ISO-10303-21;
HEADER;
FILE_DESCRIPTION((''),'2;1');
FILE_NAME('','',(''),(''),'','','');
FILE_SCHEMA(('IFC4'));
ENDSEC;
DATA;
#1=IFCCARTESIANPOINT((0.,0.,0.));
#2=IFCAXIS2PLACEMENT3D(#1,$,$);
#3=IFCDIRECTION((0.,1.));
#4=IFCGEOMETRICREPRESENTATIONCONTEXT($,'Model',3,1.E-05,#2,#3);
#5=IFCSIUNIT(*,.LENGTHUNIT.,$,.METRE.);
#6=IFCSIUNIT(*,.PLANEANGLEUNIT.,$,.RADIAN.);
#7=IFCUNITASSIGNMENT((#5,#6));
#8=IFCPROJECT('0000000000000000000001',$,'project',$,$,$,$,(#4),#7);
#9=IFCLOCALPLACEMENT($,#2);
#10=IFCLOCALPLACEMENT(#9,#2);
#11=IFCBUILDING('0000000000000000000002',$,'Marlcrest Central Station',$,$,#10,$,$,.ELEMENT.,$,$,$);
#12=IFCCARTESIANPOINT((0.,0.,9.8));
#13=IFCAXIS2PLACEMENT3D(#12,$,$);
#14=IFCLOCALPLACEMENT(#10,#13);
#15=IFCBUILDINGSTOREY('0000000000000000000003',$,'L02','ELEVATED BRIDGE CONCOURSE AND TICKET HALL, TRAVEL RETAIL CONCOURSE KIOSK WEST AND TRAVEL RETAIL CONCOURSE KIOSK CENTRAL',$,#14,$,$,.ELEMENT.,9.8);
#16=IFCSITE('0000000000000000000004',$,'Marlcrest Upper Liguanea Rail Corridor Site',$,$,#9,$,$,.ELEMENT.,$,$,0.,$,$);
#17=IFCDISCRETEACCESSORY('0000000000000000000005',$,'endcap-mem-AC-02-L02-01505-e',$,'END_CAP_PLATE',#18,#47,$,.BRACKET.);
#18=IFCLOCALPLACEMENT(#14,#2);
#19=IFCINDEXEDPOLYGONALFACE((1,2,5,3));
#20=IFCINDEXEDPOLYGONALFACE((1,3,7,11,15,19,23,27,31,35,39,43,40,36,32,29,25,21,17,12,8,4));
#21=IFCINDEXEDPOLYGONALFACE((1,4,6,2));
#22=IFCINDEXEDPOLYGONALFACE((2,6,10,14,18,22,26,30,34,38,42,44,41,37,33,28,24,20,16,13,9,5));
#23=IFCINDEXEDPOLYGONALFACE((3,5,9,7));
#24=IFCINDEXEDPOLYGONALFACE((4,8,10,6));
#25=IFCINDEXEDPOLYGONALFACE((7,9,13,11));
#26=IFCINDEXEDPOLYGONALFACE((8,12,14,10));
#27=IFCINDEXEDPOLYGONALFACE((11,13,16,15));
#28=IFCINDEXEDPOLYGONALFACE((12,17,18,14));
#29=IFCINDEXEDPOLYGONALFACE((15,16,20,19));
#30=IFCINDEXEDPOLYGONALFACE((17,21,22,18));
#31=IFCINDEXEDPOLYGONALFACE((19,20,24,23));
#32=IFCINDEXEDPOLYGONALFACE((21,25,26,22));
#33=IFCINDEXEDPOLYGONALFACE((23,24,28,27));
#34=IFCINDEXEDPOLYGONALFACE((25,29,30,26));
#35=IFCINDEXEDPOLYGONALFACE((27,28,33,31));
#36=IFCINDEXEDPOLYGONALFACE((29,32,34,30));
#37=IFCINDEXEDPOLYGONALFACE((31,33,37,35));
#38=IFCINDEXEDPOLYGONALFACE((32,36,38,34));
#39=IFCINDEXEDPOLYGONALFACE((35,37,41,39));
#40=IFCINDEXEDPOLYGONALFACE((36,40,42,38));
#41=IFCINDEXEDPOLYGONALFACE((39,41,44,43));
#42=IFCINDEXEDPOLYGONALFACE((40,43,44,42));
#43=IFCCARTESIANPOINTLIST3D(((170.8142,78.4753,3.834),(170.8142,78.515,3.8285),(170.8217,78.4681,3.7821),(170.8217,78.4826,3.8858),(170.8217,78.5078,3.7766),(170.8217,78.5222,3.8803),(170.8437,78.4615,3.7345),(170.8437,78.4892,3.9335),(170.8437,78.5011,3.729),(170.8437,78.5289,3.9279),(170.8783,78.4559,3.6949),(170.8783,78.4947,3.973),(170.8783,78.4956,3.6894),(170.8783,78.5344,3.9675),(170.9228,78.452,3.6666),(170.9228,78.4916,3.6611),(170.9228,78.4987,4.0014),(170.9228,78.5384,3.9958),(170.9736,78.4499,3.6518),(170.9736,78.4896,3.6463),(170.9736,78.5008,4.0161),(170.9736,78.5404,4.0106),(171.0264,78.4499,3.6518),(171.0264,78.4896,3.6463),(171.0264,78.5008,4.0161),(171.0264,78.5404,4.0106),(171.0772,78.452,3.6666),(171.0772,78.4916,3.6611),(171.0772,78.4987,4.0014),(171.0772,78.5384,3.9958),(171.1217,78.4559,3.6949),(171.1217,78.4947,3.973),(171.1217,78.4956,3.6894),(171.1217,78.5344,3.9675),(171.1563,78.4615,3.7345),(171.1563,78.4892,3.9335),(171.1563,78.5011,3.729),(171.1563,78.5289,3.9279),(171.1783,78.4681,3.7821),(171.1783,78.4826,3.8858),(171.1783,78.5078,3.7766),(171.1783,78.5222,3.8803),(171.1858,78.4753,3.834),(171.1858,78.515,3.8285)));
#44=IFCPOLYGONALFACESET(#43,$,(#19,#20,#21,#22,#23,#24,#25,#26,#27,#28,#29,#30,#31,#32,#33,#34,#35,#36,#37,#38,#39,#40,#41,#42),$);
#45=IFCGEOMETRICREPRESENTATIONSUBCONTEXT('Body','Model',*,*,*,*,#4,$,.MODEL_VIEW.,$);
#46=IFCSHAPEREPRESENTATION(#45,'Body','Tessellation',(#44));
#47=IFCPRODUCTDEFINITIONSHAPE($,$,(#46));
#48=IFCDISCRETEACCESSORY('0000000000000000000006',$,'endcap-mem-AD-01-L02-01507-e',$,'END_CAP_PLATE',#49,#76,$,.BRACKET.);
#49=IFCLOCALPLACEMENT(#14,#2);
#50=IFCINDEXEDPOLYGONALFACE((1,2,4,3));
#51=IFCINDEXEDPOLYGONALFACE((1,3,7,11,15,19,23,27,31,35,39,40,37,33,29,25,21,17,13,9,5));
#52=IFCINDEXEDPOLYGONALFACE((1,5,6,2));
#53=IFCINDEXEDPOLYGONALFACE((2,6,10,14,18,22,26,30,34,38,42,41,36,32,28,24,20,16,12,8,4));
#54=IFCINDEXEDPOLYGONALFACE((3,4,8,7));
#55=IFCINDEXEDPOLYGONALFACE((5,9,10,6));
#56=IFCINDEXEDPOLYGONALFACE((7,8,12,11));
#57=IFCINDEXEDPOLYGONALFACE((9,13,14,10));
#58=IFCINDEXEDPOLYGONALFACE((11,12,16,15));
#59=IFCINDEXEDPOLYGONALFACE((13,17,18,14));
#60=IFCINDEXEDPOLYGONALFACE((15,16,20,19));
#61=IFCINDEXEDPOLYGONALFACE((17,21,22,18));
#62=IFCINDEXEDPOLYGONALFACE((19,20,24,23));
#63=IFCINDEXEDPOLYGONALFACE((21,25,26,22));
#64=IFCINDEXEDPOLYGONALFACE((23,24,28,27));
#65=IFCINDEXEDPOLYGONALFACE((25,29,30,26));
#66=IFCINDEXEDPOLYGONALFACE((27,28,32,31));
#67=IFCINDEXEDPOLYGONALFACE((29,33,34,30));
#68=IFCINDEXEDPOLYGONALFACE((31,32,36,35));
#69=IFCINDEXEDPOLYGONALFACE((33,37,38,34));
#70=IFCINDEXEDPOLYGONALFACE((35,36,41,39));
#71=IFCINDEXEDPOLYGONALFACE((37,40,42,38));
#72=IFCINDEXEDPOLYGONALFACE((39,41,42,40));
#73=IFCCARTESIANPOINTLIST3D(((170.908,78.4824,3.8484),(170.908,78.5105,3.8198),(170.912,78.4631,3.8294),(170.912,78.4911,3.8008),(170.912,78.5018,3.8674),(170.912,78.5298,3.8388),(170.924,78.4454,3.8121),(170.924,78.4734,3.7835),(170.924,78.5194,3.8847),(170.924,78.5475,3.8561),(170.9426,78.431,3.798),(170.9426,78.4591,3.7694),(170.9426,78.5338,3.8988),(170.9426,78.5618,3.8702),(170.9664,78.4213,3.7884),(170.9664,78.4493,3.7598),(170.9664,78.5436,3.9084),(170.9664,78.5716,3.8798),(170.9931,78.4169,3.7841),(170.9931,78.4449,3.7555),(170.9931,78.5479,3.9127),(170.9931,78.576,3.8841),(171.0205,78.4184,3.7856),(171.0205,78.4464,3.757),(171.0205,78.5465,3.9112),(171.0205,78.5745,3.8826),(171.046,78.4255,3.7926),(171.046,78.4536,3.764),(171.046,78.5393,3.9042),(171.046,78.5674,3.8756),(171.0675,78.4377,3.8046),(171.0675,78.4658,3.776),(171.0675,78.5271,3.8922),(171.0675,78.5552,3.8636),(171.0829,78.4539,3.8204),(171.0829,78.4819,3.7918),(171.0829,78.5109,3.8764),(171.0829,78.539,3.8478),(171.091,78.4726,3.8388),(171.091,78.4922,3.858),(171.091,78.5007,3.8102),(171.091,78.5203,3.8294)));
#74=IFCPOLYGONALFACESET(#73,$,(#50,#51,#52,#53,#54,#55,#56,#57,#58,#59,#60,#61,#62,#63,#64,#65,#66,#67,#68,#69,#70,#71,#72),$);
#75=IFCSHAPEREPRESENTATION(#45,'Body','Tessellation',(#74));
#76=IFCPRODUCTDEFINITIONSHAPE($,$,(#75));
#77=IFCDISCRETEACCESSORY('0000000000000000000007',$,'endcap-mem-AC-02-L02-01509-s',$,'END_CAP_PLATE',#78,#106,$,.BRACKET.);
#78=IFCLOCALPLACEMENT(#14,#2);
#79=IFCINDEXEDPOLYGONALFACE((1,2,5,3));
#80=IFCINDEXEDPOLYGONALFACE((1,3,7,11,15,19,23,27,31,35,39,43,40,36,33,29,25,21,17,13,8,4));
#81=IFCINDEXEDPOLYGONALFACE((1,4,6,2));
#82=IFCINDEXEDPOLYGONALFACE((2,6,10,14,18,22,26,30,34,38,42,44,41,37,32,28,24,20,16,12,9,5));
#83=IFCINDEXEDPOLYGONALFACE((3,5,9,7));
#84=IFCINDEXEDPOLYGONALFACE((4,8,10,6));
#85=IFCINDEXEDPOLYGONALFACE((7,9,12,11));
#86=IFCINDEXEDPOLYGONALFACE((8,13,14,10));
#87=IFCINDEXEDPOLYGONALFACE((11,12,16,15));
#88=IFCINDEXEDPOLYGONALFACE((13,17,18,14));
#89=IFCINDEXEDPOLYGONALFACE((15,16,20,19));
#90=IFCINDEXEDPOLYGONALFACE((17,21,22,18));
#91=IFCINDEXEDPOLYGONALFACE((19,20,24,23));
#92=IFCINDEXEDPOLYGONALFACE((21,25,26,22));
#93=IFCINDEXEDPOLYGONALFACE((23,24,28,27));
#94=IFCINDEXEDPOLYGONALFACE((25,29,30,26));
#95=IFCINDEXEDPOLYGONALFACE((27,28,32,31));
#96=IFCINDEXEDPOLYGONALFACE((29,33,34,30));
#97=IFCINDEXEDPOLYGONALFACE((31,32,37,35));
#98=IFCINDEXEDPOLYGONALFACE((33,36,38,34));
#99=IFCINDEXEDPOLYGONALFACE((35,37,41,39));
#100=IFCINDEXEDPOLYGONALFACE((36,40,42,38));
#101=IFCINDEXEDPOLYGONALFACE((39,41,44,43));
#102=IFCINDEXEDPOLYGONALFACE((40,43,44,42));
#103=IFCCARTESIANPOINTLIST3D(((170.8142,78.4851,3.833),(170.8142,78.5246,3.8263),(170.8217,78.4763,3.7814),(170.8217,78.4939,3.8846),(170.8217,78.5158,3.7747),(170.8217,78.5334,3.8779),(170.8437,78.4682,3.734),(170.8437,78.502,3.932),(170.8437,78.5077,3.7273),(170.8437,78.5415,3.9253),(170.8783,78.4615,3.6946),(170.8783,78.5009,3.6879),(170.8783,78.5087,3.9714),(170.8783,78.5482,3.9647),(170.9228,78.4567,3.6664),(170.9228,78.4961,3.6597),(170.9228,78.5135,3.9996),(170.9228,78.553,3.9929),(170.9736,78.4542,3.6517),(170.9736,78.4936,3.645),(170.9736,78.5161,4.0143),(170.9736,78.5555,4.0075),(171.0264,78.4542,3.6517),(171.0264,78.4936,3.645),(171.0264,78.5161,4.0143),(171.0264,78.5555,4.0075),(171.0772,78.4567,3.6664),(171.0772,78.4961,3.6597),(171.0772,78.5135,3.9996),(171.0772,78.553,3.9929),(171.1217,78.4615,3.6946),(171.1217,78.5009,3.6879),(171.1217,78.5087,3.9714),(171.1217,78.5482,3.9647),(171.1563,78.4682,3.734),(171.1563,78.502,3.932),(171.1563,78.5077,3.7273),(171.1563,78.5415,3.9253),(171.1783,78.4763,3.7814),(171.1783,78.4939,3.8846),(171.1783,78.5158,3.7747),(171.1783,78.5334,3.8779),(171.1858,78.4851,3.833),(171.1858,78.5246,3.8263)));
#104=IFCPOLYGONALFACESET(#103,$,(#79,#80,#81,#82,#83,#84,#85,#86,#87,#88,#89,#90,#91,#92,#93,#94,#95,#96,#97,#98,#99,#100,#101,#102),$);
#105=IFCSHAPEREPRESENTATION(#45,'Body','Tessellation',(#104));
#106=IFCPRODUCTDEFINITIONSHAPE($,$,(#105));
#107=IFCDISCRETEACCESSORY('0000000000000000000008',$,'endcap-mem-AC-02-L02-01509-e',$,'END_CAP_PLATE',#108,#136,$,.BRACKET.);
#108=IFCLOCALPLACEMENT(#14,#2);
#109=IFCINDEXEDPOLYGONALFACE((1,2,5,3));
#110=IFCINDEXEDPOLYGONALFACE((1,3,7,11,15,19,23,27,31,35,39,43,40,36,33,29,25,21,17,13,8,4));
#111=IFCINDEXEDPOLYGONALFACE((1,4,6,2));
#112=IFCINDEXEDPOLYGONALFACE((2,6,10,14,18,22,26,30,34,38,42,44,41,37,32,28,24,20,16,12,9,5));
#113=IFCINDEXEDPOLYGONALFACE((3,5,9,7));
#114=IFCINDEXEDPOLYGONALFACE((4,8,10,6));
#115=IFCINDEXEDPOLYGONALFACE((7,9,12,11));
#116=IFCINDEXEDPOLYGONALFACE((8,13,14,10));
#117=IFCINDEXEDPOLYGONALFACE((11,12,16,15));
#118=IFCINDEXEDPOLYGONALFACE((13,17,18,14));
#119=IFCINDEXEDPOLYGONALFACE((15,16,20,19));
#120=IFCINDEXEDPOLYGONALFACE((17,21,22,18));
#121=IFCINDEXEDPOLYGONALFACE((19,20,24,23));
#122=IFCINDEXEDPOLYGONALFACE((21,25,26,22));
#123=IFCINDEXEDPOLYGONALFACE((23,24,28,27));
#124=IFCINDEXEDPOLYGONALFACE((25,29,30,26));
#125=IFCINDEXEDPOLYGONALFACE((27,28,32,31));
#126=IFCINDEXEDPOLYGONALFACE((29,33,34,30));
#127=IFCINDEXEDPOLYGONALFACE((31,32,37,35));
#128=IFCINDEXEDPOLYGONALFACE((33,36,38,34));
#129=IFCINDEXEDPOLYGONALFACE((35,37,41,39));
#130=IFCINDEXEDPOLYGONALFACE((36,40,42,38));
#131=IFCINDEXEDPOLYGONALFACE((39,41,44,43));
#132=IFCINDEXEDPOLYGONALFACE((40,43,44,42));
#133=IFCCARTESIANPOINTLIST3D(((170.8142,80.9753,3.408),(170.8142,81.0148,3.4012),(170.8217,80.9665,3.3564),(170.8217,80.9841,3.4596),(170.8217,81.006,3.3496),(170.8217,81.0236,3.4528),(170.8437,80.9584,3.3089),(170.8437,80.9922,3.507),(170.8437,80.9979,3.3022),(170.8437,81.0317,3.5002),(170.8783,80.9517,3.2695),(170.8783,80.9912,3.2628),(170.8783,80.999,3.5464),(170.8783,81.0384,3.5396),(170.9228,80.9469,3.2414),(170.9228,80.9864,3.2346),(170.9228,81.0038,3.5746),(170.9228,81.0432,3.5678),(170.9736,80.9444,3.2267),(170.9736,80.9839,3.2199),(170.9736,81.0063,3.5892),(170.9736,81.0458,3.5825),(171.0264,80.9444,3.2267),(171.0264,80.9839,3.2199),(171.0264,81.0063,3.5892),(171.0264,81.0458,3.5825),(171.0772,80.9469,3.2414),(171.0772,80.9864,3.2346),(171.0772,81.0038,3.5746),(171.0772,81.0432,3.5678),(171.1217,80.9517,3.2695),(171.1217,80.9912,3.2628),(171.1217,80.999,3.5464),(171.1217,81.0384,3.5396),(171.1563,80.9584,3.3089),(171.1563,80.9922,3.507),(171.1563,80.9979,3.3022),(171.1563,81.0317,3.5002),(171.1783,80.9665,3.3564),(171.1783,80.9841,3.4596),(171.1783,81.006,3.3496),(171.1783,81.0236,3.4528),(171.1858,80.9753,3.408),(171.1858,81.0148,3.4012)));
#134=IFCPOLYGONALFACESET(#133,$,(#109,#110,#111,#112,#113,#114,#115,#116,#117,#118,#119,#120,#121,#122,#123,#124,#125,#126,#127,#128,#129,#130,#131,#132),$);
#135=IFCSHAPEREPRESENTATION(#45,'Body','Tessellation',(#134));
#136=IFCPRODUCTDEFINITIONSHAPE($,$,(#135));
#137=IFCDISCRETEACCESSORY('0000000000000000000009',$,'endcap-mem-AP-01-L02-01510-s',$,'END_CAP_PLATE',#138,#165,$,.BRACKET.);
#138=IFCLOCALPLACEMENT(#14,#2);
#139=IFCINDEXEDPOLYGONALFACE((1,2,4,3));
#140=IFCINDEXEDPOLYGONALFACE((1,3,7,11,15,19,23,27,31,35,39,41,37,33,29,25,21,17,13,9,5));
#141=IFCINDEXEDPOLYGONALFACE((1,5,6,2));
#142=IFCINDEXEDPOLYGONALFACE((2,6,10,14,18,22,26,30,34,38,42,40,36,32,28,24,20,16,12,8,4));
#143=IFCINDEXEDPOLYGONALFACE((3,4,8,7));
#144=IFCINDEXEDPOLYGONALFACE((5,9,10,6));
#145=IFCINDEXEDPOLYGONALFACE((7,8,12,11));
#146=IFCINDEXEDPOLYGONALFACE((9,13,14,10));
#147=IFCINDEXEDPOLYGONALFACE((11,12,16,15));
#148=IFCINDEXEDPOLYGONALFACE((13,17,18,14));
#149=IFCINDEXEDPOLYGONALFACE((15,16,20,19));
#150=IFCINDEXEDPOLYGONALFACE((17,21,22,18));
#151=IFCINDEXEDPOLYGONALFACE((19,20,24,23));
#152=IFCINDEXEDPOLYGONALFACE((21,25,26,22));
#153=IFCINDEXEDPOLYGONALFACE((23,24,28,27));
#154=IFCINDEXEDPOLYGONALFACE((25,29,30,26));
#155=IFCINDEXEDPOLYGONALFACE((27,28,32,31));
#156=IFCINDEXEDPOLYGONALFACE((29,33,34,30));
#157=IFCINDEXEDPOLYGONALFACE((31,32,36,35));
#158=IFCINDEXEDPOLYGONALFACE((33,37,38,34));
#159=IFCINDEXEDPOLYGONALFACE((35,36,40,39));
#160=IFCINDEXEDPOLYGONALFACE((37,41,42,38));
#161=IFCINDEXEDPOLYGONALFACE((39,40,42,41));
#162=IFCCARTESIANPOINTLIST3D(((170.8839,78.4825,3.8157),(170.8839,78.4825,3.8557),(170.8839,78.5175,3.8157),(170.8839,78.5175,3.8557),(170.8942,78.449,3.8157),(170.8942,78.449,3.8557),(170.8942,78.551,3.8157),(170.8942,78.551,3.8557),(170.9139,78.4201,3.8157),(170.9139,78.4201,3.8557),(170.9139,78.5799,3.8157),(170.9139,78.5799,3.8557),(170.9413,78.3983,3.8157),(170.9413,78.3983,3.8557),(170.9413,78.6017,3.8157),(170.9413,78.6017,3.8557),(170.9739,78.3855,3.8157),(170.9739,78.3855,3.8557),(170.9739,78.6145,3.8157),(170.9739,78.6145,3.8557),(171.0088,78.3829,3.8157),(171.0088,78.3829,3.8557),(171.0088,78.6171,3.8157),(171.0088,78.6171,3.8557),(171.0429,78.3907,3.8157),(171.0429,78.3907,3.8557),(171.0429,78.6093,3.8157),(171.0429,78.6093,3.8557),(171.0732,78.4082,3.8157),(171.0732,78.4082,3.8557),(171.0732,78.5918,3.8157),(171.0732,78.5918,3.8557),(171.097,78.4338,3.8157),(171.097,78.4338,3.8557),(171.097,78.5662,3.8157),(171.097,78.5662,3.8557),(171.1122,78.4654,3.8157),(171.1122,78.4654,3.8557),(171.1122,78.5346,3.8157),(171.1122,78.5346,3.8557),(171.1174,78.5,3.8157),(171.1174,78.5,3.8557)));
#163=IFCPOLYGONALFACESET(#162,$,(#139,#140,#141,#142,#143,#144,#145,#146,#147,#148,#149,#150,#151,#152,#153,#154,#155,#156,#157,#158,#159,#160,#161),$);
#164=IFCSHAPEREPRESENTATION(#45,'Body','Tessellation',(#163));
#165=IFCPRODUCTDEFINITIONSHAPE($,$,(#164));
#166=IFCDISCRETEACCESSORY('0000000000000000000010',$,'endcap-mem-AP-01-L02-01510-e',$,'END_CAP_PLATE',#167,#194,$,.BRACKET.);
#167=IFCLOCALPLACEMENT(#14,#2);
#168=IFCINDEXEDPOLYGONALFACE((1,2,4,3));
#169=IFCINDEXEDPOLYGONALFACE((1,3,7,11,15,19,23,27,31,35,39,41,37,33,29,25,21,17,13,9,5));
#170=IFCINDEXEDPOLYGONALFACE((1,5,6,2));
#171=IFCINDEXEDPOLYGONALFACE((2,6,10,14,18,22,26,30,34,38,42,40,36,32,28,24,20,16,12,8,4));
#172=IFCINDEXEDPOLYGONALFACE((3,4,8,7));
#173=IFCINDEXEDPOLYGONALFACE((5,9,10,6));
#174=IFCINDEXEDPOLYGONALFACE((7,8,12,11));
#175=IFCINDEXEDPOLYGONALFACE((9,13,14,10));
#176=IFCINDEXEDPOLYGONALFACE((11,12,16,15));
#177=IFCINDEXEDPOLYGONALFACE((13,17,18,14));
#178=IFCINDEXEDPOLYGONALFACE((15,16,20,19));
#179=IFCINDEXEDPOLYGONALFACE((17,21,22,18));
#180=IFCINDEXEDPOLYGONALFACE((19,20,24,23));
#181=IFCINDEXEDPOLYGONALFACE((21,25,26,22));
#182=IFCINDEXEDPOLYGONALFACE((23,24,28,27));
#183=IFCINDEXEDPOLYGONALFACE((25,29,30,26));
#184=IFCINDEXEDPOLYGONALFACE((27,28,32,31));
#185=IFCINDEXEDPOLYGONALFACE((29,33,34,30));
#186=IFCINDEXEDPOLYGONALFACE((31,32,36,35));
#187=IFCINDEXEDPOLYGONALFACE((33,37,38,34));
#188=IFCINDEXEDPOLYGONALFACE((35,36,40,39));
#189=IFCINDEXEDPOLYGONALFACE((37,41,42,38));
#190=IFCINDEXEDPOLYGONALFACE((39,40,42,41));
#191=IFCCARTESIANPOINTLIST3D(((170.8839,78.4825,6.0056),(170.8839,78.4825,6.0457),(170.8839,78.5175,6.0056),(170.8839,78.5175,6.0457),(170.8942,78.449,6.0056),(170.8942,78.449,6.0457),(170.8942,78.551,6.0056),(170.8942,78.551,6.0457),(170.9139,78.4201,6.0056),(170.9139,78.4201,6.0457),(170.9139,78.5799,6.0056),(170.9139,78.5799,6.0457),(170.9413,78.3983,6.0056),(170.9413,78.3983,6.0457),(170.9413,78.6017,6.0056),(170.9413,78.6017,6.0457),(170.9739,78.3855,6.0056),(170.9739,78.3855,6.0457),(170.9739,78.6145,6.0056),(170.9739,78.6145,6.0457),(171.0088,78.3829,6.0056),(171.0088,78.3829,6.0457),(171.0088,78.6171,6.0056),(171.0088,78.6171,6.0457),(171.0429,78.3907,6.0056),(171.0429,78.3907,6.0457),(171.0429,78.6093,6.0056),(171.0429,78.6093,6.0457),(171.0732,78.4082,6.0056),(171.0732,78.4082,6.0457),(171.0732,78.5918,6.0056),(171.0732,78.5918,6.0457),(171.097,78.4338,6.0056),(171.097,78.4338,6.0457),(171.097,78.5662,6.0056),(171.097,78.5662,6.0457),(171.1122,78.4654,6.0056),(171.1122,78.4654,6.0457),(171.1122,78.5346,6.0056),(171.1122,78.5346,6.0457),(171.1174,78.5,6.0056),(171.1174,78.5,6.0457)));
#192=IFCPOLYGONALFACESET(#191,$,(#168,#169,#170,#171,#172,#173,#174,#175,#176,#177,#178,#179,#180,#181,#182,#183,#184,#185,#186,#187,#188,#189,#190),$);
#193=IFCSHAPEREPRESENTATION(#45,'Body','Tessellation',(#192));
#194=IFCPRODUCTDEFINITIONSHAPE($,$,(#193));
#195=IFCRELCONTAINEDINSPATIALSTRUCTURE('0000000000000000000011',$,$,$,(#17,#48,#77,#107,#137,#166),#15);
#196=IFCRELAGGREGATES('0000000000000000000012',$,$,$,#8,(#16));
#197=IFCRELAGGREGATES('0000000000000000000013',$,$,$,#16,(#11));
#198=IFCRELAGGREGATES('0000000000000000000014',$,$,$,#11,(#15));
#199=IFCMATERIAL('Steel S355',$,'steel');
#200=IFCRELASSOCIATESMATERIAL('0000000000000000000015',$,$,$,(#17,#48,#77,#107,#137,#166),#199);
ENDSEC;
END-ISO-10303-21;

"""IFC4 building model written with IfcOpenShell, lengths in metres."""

from ifc_helpers import new_model, si_unit, direction, frame, origin, origin_2d, place, context, subcontext, project, spatial, circle, extrude, material, element, save


model = new_model("IFC4")

# Units and contexts
model_context = context("Model", 3, precision=1e-05, world=origin(), true_north=direction((0.0, 1.0)))
body_context = subcontext(model_context, "Body", "Model", "MODEL_VIEW")
ifc_project = project(units=[si_unit("LENGTHUNIT", "METRE"), si_unit("PLANEANGLEUNIT", "RADIAN")], contexts=[model_context])

# Site, building, storey
site_placement = place(None, origin())
site = spatial("IfcSite", under=ifc_project, at=site_placement, Name="Marlcrest Upper Liguanea Rail Corridor Site", CompositionType="ELEMENT", RefElevation=0.0)
building_placement = place(site_placement, origin())
building = spatial("IfcBuilding", under=site, at=building_placement, Name="Marlcrest Central Station", CompositionType="ELEMENT")
storey_placement = place(building_placement, frame((0.0, 0.0, 9.8)))
storey = spatial("IfcBuildingStorey", under=building, at=storey_placement, Name="L02", Description="ELEVATED BRIDGE CONCOURSE AND TICKET HALL, TRAVEL RETAIL CONCOURSE KIOSK WEST AND TRAVEL RETAIL CONCOURSE KIOSK CENTRAL", CompositionType="ELEMENT", Elevation=9.8)

# Shared definitions
ifc_material_1 = material(Name="Steel S355", Category="steel")

# Discrete accessories
discrete_accessory_1_placement = place(storey_placement, frame((171.0, 78.4753, 3.834), z_axis=(0.0, 0.990403, -0.138211), x_axis=(-1.0, 0.0, 0.0)))
element("IfcDiscreteAccessory", 1, at=discrete_accessory_1_placement, inside=storey, material=ifc_material_1, Name="endcap-mem-AC-02-L02-01505-e", ObjectType="END_CAP_PLATE", PredefinedType="BRACKET", context=body_context, shape_type="SweptSolid", body=[
    extrude(circle(Radius=0.1858, at=origin_2d()), origin(), (0.0, 0.0, 1.0), 0.04),
])
discrete_accessory_2_placement = place(storey_placement, frame((171.0, 78.4824, 3.8484), z_axis=(0.0, 0.700235, -0.713912), x_axis=(-1.0, 0.0, 0.0)))
element("IfcDiscreteAccessory", 2, at=discrete_accessory_2_placement, inside=storey, material=ifc_material_1, Name="endcap-mem-AD-01-L02-01507-e", ObjectType="END_CAP_PLATE", PredefinedType="BRACKET", context=body_context, shape_type="SweptSolid", body=[
    extrude(circle(Radius=0.092, at=origin_2d()), origin(), (0.0, 0.0, 1.0), 0.04),
])
for number, where, z_axis, x_axis, name in (
    (3, (171.0, 78.4851, 3.833), (0.0, 0.985741, -0.168269), (-1.0, 0.0, 0.0), "endcap-mem-AC-02-L02-01509-s"),
    (4, (171.0, 80.9753, 3.408), (0.0, 0.985741, -0.168269), (-1.0, 0.0, 0.0), "endcap-mem-AC-02-L02-01509-e"),
):
    element("IfcDiscreteAccessory", number, at=place(storey_placement, frame(where, z_axis=z_axis, x_axis=x_axis)), inside=storey, material=ifc_material_1, Name=name, ObjectType="END_CAP_PLATE", PredefinedType="BRACKET", context=body_context, shape_type="SweptSolid", body=[
        extrude(circle(Radius=0.1858, at=origin_2d()), origin(), (0.0, 0.0, 1.0), 0.04),
    ])
for number, where, z_axis, x_axis, name in (
    (5, (171.0, 78.5, 3.8157), (0.0, 0.0, 1.0), (1.0, 0.0, 0.0), "endcap-mem-AP-01-L02-01510-s"),
    (6, (171.0, 78.5, 6.0056), (0.0, 0.0, 1.0), (1.0, 0.0, 0.0), "endcap-mem-AP-01-L02-01510-e"),
):
    element("IfcDiscreteAccessory", number, at=place(storey_placement, frame(where, z_axis=z_axis, x_axis=x_axis)), inside=storey, material=ifc_material_1, Name=name, ObjectType="END_CAP_PLATE", PredefinedType="BRACKET", context=body_context, shape_type="SweptSolid", body=[
        extrude(circle(Radius=0.1174, at=origin_2d()), origin(), (0.0, 0.0, 1.0), 0.04),
    ])

save(model, "model.ifc")
